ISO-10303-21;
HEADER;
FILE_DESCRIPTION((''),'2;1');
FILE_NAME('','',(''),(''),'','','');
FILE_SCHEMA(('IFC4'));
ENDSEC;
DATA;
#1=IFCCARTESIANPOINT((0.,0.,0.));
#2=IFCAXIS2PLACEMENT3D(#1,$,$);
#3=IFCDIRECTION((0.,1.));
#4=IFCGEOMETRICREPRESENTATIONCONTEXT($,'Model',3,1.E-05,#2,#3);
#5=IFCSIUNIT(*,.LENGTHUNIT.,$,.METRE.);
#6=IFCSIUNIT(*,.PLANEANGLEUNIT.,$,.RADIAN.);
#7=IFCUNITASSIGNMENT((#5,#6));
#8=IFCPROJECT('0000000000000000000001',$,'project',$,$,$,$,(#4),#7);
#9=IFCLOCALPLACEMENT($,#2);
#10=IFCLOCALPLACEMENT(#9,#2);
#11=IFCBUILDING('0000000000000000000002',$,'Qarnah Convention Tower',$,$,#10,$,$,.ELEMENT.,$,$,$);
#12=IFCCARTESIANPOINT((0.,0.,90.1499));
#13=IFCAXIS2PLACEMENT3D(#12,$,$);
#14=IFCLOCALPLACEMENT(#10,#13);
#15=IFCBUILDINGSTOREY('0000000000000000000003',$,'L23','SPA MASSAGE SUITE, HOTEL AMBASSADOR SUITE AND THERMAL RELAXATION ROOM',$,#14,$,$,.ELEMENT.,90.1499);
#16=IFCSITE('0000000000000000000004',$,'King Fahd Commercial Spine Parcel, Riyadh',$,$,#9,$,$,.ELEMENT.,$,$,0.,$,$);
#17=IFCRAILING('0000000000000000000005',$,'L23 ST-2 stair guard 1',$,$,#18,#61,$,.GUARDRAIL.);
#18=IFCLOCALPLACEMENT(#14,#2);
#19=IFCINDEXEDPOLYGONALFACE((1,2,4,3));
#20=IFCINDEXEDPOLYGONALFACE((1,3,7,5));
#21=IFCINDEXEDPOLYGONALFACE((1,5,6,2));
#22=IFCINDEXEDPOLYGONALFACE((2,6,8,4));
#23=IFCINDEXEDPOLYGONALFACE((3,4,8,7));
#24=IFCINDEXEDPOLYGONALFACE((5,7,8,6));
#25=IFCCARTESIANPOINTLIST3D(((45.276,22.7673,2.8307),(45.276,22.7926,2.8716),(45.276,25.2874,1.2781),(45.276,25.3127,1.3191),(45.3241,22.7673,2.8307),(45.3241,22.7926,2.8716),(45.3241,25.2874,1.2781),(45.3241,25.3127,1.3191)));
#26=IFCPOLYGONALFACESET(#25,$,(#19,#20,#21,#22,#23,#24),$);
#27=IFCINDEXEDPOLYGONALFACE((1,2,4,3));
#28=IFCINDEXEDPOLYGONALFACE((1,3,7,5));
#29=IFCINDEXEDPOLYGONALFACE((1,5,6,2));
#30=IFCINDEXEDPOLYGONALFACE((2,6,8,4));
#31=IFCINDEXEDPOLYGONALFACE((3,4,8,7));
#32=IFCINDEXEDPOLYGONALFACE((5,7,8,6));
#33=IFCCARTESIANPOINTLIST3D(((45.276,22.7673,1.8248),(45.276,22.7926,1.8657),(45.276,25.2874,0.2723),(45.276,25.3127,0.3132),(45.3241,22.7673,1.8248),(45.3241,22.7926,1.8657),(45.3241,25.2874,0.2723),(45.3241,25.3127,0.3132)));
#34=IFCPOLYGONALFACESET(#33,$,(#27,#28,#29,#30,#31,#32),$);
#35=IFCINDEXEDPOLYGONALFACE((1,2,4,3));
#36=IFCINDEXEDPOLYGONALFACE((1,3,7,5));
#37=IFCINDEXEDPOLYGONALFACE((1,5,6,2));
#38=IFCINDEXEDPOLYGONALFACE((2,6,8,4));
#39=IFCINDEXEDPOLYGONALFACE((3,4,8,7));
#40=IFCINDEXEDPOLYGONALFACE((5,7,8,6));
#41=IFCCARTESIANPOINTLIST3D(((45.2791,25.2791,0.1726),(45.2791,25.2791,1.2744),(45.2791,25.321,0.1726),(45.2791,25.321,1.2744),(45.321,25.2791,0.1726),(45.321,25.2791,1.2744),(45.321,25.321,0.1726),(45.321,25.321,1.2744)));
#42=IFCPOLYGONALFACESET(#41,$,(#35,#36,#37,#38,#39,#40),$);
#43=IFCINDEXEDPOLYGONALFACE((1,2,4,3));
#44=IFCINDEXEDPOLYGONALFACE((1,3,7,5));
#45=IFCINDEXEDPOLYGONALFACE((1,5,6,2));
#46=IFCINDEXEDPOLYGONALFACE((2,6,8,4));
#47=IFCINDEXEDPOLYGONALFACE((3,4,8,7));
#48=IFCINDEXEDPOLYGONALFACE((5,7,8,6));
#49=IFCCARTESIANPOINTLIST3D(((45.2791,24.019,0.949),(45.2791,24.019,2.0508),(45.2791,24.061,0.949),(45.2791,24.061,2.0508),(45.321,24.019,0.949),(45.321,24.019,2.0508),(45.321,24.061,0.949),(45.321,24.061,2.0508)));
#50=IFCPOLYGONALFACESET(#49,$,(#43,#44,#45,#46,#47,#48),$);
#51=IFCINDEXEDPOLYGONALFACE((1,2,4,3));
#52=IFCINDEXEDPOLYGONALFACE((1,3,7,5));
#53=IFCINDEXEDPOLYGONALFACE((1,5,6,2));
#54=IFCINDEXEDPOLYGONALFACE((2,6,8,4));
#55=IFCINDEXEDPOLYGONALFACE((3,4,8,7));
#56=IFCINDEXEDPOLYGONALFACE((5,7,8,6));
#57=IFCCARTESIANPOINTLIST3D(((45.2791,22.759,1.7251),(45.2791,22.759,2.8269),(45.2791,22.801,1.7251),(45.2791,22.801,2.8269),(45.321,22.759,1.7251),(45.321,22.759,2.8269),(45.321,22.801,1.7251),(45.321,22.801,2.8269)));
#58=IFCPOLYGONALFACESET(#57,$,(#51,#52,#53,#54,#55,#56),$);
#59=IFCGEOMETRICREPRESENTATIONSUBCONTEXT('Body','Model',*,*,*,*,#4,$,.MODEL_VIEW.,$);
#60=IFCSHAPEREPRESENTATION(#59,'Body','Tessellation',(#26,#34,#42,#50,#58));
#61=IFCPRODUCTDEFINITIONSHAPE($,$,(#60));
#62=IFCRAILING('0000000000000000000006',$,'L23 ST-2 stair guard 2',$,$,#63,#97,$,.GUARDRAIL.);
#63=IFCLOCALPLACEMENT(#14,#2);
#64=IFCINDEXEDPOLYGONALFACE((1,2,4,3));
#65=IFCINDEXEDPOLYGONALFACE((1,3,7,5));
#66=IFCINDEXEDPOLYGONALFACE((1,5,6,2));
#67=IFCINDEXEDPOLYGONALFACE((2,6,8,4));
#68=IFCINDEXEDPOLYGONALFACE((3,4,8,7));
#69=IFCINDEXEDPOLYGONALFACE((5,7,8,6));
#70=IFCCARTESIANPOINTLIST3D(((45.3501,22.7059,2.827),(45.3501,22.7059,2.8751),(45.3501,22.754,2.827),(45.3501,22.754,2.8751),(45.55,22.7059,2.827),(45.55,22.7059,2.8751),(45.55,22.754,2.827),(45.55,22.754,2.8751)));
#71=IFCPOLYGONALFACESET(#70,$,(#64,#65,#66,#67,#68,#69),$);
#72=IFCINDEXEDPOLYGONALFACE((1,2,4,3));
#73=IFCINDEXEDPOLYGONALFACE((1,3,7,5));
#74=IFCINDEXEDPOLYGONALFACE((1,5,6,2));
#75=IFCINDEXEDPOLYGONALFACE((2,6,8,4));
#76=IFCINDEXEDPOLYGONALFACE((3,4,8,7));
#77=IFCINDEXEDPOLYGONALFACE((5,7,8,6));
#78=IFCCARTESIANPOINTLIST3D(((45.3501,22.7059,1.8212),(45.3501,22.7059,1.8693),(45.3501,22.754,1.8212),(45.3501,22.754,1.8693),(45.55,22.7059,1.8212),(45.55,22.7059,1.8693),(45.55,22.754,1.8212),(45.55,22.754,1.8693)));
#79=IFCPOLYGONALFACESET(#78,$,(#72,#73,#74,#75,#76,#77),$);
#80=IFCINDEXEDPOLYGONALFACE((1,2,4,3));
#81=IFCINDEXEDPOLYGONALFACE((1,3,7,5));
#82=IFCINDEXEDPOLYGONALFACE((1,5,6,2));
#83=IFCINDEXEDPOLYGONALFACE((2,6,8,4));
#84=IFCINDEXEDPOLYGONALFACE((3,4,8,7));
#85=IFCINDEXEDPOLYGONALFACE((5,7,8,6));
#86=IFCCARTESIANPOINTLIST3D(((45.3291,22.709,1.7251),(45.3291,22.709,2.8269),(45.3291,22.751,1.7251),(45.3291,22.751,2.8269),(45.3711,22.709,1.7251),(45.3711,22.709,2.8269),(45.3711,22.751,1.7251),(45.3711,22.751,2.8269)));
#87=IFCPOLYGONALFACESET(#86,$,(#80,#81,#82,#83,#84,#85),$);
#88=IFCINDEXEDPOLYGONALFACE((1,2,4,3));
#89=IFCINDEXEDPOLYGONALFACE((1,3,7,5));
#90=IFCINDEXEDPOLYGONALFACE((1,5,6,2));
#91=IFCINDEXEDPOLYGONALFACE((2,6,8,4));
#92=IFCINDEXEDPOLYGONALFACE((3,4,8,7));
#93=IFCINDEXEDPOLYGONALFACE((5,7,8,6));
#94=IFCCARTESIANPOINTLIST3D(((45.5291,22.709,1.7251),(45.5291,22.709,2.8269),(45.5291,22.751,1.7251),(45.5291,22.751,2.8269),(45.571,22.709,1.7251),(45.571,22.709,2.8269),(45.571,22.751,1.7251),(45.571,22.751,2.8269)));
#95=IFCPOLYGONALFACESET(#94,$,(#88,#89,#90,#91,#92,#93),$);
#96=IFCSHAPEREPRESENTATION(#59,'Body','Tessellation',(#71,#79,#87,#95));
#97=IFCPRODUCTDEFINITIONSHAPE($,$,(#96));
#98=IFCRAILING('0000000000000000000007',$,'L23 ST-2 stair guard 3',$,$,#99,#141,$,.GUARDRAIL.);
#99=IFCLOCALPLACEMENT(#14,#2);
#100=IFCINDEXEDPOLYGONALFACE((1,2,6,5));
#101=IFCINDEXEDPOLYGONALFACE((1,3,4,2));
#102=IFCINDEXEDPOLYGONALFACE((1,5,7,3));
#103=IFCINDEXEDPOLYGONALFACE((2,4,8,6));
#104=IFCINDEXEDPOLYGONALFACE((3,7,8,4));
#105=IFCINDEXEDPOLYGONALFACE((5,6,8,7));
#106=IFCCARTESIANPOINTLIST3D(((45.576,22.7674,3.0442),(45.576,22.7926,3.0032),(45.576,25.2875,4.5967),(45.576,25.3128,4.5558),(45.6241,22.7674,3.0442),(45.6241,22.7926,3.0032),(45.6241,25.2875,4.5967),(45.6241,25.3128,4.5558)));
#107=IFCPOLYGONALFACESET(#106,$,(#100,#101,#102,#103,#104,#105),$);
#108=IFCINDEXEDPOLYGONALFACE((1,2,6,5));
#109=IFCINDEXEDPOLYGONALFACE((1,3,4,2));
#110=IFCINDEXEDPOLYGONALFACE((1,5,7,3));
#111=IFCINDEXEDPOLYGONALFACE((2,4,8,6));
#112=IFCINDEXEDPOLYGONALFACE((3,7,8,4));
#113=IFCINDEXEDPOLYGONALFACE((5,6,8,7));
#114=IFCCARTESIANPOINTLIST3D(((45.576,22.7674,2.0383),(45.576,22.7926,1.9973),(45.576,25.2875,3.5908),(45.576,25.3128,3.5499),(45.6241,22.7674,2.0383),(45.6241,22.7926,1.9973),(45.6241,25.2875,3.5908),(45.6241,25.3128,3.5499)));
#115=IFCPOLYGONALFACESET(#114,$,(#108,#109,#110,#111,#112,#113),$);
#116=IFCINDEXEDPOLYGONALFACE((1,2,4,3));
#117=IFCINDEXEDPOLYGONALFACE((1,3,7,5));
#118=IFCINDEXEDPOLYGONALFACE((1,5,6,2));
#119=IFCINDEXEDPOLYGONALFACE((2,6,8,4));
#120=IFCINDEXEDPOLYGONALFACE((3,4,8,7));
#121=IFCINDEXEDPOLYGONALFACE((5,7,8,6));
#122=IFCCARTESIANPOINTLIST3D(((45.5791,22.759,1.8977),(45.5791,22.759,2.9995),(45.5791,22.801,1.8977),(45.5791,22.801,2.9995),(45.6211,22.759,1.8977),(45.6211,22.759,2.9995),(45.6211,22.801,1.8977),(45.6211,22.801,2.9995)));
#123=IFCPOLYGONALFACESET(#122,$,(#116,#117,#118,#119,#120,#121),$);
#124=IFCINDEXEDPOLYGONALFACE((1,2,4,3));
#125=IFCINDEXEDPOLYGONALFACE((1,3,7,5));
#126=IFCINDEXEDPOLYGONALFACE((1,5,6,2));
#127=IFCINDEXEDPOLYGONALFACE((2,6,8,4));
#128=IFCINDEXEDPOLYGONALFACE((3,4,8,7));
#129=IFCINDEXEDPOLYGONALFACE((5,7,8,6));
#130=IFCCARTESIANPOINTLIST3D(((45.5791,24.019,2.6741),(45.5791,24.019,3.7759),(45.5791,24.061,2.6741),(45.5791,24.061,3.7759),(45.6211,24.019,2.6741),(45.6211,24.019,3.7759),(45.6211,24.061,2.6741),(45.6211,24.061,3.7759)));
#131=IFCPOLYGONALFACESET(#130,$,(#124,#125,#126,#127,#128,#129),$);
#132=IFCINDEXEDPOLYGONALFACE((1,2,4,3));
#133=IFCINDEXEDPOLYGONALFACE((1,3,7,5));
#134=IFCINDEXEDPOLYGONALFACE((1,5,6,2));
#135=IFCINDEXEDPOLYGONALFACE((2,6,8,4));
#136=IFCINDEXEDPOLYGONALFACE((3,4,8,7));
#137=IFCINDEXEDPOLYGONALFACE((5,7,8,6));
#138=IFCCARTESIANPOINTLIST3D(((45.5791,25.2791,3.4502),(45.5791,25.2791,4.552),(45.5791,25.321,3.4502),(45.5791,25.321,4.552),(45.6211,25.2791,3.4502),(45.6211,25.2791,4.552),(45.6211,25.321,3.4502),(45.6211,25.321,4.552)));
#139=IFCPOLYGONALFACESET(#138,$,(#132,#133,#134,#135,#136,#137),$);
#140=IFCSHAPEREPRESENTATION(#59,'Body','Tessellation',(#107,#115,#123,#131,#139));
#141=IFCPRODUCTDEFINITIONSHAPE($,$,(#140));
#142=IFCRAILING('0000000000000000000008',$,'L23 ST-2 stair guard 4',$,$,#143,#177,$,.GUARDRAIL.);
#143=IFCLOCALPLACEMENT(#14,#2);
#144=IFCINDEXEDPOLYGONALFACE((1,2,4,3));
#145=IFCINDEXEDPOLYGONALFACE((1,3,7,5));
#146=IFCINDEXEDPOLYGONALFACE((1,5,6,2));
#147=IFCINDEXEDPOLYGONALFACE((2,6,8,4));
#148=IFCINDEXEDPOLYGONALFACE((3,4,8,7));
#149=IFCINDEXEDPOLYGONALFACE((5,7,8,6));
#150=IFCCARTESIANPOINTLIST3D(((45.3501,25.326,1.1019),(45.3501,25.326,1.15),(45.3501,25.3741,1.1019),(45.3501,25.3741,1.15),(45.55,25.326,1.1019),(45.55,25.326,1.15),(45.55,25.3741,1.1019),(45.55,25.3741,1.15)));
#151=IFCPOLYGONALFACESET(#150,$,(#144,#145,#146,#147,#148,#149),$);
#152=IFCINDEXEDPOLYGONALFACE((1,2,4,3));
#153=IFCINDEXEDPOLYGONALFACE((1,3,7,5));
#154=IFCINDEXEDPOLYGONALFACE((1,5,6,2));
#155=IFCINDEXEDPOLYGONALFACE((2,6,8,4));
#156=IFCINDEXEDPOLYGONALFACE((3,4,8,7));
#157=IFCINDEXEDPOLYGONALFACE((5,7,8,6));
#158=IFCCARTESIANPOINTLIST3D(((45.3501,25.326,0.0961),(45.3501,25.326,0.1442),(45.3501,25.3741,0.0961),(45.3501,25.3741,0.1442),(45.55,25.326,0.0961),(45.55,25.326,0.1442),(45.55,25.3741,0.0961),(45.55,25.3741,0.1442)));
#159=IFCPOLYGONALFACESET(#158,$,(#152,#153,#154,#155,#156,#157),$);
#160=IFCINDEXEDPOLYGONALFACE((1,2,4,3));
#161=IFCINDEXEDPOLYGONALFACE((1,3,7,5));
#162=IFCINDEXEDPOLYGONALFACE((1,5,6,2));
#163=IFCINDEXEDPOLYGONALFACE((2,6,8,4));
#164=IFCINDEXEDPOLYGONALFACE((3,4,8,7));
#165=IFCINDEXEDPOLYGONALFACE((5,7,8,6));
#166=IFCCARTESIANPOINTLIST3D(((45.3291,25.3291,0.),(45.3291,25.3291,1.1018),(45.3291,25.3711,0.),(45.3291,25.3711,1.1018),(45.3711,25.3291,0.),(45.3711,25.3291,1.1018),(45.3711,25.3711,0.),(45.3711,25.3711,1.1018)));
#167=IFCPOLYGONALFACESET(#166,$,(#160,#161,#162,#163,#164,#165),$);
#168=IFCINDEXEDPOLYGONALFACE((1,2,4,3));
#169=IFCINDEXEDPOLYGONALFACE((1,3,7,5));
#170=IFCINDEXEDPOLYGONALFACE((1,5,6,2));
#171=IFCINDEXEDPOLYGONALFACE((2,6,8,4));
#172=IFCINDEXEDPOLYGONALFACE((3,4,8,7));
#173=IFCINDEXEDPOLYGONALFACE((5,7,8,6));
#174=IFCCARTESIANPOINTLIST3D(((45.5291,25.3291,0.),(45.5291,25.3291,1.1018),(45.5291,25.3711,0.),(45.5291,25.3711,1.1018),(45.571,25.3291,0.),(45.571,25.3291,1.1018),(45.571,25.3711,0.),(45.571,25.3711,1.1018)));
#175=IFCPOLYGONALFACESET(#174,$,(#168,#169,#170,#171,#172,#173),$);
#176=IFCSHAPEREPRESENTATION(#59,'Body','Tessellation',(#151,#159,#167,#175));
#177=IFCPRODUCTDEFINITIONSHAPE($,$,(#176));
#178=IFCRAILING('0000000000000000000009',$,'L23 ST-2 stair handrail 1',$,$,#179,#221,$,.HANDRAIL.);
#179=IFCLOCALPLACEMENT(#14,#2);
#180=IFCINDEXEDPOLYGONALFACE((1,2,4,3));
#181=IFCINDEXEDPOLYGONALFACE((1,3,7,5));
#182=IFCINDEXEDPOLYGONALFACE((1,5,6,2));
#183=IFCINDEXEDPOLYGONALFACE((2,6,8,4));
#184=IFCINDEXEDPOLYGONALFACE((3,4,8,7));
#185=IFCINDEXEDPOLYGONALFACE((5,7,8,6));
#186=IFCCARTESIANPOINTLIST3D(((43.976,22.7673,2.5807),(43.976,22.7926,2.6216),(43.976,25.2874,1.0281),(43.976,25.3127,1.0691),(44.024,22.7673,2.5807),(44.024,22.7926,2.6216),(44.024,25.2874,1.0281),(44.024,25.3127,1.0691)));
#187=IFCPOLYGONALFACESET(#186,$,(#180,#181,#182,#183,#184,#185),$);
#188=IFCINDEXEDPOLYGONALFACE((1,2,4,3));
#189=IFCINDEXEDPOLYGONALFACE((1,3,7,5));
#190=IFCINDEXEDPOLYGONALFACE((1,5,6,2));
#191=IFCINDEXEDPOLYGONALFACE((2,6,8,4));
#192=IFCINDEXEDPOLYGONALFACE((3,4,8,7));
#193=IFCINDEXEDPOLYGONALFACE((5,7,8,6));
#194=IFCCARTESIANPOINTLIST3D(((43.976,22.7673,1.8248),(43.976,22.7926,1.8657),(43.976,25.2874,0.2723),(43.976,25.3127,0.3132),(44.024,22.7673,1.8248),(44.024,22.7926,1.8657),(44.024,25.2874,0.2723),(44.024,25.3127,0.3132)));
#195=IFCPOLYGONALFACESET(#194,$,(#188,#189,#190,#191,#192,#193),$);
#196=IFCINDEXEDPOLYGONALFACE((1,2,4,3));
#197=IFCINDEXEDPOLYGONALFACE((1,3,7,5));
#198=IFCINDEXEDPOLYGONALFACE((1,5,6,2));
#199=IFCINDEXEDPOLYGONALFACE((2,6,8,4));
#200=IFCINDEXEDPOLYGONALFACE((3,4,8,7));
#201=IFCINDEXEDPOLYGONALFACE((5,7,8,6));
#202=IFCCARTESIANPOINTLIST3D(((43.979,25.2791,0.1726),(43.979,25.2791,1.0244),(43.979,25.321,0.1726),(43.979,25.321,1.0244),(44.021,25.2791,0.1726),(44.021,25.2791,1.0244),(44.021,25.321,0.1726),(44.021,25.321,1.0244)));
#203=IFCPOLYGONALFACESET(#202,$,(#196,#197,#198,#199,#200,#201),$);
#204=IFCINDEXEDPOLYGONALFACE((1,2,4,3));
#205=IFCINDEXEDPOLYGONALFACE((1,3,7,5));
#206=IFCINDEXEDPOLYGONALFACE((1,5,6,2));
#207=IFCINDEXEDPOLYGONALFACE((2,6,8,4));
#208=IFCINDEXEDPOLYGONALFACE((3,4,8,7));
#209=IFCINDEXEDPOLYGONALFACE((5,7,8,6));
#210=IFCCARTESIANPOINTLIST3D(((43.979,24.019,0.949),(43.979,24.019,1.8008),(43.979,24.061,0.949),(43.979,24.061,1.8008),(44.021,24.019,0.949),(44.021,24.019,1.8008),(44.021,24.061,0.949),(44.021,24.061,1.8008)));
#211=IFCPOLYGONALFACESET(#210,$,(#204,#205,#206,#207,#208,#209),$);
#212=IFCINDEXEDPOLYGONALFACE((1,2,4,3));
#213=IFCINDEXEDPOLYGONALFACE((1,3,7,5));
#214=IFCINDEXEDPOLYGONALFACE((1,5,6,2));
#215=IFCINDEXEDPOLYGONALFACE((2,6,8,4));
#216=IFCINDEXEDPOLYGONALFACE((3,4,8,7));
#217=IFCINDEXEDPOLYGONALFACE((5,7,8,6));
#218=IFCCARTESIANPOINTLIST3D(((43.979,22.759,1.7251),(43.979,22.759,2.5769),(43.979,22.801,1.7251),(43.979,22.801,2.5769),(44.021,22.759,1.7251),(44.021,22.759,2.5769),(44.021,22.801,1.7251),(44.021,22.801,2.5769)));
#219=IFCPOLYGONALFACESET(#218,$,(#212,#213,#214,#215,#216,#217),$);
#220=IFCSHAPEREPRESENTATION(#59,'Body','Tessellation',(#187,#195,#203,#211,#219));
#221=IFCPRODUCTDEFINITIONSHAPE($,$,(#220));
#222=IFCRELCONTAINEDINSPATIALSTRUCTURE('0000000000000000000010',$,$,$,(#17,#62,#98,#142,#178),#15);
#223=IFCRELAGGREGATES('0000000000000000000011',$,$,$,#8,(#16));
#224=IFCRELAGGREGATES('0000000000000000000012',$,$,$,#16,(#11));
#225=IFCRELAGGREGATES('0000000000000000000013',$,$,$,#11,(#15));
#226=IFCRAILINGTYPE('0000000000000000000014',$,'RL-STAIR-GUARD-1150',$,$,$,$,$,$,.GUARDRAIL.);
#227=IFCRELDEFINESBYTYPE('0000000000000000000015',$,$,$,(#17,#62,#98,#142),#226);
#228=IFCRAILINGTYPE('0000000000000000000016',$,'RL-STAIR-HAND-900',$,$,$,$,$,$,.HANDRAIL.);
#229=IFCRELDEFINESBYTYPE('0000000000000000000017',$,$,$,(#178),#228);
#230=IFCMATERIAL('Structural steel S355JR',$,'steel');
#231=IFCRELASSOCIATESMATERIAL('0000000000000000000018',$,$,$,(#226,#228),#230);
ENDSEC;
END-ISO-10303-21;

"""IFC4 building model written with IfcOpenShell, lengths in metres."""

from ifc_helpers import new_model, si_unit, direction, frame, origin, origin_2d, place, context, subcontext, project, spatial, rectangle, extrude, material, type_object, element, save


model = new_model("IFC4")

# Units and contexts
model_context = context("Model", 3, precision=1e-05, world=origin(), true_north=direction((0.0, 1.0)))
body_context = subcontext(model_context, "Body", "Model", "MODEL_VIEW")
ifc_project = project(units=[si_unit("LENGTHUNIT", "METRE"), si_unit("PLANEANGLEUNIT", "RADIAN")], contexts=[model_context])

# Site, building, storey
site_placement = place(None, origin())
site = spatial("IfcSite", under=ifc_project, at=site_placement, Name="King Fahd Commercial Spine Parcel, Riyadh", CompositionType="ELEMENT", RefElevation=0.0)
building_placement = place(site_placement, origin())
building = spatial("IfcBuilding", under=site, at=building_placement, Name="Qarnah Convention Tower", CompositionType="ELEMENT")
storey_placement = place(building_placement, frame((0.0, 0.0, 90.1499)))
storey = spatial("IfcBuildingStorey", under=building, at=storey_placement, Name="L23", Description="SPA MASSAGE SUITE, HOTEL AMBASSADOR SUITE AND THERMAL RELAXATION ROOM", CompositionType="ELEMENT", Elevation=90.1499)

# Shared definitions
ifc_material_1 = material(Name="Structural steel S355JR", Category="steel")

# Railings
railing_type_1 = type_object("IfcRailingType", Name="RL-STAIR-GUARD-1150", PredefinedType="GUARDRAIL", material=ifc_material_1)
railing_1_placement = place(storey_placement, frame((45.3, 25.3, 0.1726)))
element("IfcRailing", 1, at=railing_1_placement, inside=storey, type_object=railing_type_1, Name="L23 ST-2 stair guard 1", PredefinedType="GUARDRAIL", context=body_context, shape_type="SweptSolid", body=[
    extrude(rectangle(XDim=0.0481, YDim=0.0481, at=origin_2d()), frame((0.0, 0.0, 1.126), z_axis=(0.0, -0.8514, 0.524516), x_axis=(1.0, 0.0, 0.0)), (0.0, 0.0, 1.0), 2.96),
    extrude(rectangle(XDim=0.0481, YDim=0.0481, at=origin_2d()), frame((0.0, 0.0, 0.1201), z_axis=(0.0, -0.8514, 0.524516), x_axis=(1.0, 0.0, 0.0)), (0.0, 0.0, 1.0), 2.96),
    extrude(rectangle(XDim=0.042, YDim=0.042, at=origin_2d()), origin(), (0.0, 0.0, 1.0), 1.1018),
    extrude(rectangle(XDim=0.042, YDim=0.042, at=origin_2d()), frame((0.0, -1.26, 0.7764)), (0.0, 0.0, 1.0), 1.1018),
    extrude(rectangle(XDim=0.042, YDim=0.042, at=origin_2d()), frame((0.0, -2.52, 1.5525)), (0.0, 0.0, 1.0), 1.1018),
])
railing_2_placement = place(storey_placement, frame((45.3501, 22.73, 1.7251)))
element("IfcRailing", 2, at=railing_2_placement, inside=storey, type_object=railing_type_1, Name="L23 ST-2 stair guard 2", PredefinedType="GUARDRAIL", context=body_context, shape_type="SweptSolid", body=[
    extrude(rectangle(XDim=0.0481, YDim=0.0481, at=origin_2d()), frame((0.0, 0.0, 1.126), z_axis=(1.0, 0.0, 0.0), x_axis=(0.0, 1.0, 0.0)), (0.0, 0.0, 1.0), 0.2),
    extrude(rectangle(XDim=0.0481, YDim=0.0481, at=origin_2d()), frame((0.0, 0.0, 0.1201), z_axis=(1.0, 0.0, 0.0), x_axis=(0.0, 1.0, 0.0)), (0.0, 0.0, 1.0), 0.2),
    extrude(rectangle(XDim=0.042, YDim=0.042, at=origin_2d()), origin(), (0.0, 0.0, 1.0), 1.1018),
    extrude(rectangle(XDim=0.042, YDim=0.042, at=origin_2d()), frame((0.2, 0.0, 0.0)), (0.0, 0.0, 1.0), 1.1018),
])
railing_3_placement = place(storey_placement, frame((45.6001, 22.78, 1.8977)))
element("IfcRailing", 3, at=railing_3_placement, inside=storey, type_object=railing_type_1, Name="L23 ST-2 stair guard 3", PredefinedType="GUARDRAIL", context=body_context, shape_type="SweptSolid", body=[
    extrude(rectangle(XDim=0.0481, YDim=0.0481, at=origin_2d()), frame((0.0, 0.0, 1.126), z_axis=(0.0, 0.8514, 0.524516), x_axis=(-1.0, 0.0, 0.0)), (0.0, 0.0, 1.0), 2.96),
    extrude(rectangle(XDim=0.0481, YDim=0.0481, at=origin_2d()), frame((0.0, 0.0, 0.1201), z_axis=(0.0, 0.8514, 0.524516), x_axis=(-1.0, 0.0, 0.0)), (0.0, 0.0, 1.0), 2.96),
    extrude(rectangle(XDim=0.042, YDim=0.042, at=origin_2d()), origin(), (0.0, 0.0, 1.0), 1.1018),
    extrude(rectangle(XDim=0.042, YDim=0.042, at=origin_2d()), frame((0.0, 1.26, 0.7764)), (0.0, 0.0, 1.0), 1.1018),
    extrude(rectangle(XDim=0.042, YDim=0.042, at=origin_2d()), frame((0.0, 2.52, 1.5525)), (0.0, 0.0, 1.0), 1.1018),
])
railing_4_placement = place(storey_placement, frame((45.3501, 25.3501, 0.0)))
element("IfcRailing", 4, at=railing_4_placement, inside=storey, type_object=railing_type_1, Name="L23 ST-2 stair guard 4", PredefinedType="GUARDRAIL", context=body_context, shape_type="SweptSolid", body=[
    extrude(rectangle(XDim=0.0481, YDim=0.0481, at=origin_2d()), frame((0.0, 0.0, 1.126), z_axis=(1.0, 0.0, 0.0), x_axis=(0.0, 1.0, 0.0)), (0.0, 0.0, 1.0), 0.2),
    extrude(rectangle(XDim=0.0481, YDim=0.0481, at=origin_2d()), frame((0.0, 0.0, 0.1201), z_axis=(1.0, 0.0, 0.0), x_axis=(0.0, 1.0, 0.0)), (0.0, 0.0, 1.0), 0.2),
    extrude(rectangle(XDim=0.042, YDim=0.042, at=origin_2d()), origin(), (0.0, 0.0, 1.0), 1.1018),
    extrude(rectangle(XDim=0.042, YDim=0.042, at=origin_2d()), frame((0.2, 0.0, 0.0)), (0.0, 0.0, 1.0), 1.1018),
])
railing_type_2 = type_object("IfcRailingType", Name="RL-STAIR-HAND-900", PredefinedType="HANDRAIL", material=ifc_material_1)
railing_5_placement = place(storey_placement, frame((44.0, 25.3, 0.1726)))
element("IfcRailing", 5, at=railing_5_placement, inside=storey, type_object=railing_type_2, Name="L23 ST-2 stair handrail 1", PredefinedType="HANDRAIL", context=body_context, shape_type="SweptSolid", body=[
    extrude(rectangle(XDim=0.0481, YDim=0.0481, at=origin_2d()), frame((0.0, 0.0, 0.876), z_axis=(0.0, -0.8514, 0.524516), x_axis=(1.0, 0.0, 0.0)), (0.0, 0.0, 1.0), 2.96),
    extrude(rectangle(XDim=0.0481, YDim=0.0481, at=origin_2d()), frame((0.0, 0.0, 0.1201), z_axis=(0.0, -0.8514, 0.524516), x_axis=(1.0, 0.0, 0.0)), (0.0, 0.0, 1.0), 2.96),
    extrude(rectangle(XDim=0.042, YDim=0.042, at=origin_2d()), origin(), (0.0, 0.0, 1.0), 0.8518),
    extrude(rectangle(XDim=0.042, YDim=0.042, at=origin_2d()), frame((0.0, -1.26, 0.7764)), (0.0, 0.0, 1.0), 0.8518),
    extrude(rectangle(XDim=0.042, YDim=0.042, at=origin_2d()), frame((0.0, -2.52, 1.5525)), (0.0, 0.0, 1.0), 0.8518),
])

save(model, "model.ifc")
